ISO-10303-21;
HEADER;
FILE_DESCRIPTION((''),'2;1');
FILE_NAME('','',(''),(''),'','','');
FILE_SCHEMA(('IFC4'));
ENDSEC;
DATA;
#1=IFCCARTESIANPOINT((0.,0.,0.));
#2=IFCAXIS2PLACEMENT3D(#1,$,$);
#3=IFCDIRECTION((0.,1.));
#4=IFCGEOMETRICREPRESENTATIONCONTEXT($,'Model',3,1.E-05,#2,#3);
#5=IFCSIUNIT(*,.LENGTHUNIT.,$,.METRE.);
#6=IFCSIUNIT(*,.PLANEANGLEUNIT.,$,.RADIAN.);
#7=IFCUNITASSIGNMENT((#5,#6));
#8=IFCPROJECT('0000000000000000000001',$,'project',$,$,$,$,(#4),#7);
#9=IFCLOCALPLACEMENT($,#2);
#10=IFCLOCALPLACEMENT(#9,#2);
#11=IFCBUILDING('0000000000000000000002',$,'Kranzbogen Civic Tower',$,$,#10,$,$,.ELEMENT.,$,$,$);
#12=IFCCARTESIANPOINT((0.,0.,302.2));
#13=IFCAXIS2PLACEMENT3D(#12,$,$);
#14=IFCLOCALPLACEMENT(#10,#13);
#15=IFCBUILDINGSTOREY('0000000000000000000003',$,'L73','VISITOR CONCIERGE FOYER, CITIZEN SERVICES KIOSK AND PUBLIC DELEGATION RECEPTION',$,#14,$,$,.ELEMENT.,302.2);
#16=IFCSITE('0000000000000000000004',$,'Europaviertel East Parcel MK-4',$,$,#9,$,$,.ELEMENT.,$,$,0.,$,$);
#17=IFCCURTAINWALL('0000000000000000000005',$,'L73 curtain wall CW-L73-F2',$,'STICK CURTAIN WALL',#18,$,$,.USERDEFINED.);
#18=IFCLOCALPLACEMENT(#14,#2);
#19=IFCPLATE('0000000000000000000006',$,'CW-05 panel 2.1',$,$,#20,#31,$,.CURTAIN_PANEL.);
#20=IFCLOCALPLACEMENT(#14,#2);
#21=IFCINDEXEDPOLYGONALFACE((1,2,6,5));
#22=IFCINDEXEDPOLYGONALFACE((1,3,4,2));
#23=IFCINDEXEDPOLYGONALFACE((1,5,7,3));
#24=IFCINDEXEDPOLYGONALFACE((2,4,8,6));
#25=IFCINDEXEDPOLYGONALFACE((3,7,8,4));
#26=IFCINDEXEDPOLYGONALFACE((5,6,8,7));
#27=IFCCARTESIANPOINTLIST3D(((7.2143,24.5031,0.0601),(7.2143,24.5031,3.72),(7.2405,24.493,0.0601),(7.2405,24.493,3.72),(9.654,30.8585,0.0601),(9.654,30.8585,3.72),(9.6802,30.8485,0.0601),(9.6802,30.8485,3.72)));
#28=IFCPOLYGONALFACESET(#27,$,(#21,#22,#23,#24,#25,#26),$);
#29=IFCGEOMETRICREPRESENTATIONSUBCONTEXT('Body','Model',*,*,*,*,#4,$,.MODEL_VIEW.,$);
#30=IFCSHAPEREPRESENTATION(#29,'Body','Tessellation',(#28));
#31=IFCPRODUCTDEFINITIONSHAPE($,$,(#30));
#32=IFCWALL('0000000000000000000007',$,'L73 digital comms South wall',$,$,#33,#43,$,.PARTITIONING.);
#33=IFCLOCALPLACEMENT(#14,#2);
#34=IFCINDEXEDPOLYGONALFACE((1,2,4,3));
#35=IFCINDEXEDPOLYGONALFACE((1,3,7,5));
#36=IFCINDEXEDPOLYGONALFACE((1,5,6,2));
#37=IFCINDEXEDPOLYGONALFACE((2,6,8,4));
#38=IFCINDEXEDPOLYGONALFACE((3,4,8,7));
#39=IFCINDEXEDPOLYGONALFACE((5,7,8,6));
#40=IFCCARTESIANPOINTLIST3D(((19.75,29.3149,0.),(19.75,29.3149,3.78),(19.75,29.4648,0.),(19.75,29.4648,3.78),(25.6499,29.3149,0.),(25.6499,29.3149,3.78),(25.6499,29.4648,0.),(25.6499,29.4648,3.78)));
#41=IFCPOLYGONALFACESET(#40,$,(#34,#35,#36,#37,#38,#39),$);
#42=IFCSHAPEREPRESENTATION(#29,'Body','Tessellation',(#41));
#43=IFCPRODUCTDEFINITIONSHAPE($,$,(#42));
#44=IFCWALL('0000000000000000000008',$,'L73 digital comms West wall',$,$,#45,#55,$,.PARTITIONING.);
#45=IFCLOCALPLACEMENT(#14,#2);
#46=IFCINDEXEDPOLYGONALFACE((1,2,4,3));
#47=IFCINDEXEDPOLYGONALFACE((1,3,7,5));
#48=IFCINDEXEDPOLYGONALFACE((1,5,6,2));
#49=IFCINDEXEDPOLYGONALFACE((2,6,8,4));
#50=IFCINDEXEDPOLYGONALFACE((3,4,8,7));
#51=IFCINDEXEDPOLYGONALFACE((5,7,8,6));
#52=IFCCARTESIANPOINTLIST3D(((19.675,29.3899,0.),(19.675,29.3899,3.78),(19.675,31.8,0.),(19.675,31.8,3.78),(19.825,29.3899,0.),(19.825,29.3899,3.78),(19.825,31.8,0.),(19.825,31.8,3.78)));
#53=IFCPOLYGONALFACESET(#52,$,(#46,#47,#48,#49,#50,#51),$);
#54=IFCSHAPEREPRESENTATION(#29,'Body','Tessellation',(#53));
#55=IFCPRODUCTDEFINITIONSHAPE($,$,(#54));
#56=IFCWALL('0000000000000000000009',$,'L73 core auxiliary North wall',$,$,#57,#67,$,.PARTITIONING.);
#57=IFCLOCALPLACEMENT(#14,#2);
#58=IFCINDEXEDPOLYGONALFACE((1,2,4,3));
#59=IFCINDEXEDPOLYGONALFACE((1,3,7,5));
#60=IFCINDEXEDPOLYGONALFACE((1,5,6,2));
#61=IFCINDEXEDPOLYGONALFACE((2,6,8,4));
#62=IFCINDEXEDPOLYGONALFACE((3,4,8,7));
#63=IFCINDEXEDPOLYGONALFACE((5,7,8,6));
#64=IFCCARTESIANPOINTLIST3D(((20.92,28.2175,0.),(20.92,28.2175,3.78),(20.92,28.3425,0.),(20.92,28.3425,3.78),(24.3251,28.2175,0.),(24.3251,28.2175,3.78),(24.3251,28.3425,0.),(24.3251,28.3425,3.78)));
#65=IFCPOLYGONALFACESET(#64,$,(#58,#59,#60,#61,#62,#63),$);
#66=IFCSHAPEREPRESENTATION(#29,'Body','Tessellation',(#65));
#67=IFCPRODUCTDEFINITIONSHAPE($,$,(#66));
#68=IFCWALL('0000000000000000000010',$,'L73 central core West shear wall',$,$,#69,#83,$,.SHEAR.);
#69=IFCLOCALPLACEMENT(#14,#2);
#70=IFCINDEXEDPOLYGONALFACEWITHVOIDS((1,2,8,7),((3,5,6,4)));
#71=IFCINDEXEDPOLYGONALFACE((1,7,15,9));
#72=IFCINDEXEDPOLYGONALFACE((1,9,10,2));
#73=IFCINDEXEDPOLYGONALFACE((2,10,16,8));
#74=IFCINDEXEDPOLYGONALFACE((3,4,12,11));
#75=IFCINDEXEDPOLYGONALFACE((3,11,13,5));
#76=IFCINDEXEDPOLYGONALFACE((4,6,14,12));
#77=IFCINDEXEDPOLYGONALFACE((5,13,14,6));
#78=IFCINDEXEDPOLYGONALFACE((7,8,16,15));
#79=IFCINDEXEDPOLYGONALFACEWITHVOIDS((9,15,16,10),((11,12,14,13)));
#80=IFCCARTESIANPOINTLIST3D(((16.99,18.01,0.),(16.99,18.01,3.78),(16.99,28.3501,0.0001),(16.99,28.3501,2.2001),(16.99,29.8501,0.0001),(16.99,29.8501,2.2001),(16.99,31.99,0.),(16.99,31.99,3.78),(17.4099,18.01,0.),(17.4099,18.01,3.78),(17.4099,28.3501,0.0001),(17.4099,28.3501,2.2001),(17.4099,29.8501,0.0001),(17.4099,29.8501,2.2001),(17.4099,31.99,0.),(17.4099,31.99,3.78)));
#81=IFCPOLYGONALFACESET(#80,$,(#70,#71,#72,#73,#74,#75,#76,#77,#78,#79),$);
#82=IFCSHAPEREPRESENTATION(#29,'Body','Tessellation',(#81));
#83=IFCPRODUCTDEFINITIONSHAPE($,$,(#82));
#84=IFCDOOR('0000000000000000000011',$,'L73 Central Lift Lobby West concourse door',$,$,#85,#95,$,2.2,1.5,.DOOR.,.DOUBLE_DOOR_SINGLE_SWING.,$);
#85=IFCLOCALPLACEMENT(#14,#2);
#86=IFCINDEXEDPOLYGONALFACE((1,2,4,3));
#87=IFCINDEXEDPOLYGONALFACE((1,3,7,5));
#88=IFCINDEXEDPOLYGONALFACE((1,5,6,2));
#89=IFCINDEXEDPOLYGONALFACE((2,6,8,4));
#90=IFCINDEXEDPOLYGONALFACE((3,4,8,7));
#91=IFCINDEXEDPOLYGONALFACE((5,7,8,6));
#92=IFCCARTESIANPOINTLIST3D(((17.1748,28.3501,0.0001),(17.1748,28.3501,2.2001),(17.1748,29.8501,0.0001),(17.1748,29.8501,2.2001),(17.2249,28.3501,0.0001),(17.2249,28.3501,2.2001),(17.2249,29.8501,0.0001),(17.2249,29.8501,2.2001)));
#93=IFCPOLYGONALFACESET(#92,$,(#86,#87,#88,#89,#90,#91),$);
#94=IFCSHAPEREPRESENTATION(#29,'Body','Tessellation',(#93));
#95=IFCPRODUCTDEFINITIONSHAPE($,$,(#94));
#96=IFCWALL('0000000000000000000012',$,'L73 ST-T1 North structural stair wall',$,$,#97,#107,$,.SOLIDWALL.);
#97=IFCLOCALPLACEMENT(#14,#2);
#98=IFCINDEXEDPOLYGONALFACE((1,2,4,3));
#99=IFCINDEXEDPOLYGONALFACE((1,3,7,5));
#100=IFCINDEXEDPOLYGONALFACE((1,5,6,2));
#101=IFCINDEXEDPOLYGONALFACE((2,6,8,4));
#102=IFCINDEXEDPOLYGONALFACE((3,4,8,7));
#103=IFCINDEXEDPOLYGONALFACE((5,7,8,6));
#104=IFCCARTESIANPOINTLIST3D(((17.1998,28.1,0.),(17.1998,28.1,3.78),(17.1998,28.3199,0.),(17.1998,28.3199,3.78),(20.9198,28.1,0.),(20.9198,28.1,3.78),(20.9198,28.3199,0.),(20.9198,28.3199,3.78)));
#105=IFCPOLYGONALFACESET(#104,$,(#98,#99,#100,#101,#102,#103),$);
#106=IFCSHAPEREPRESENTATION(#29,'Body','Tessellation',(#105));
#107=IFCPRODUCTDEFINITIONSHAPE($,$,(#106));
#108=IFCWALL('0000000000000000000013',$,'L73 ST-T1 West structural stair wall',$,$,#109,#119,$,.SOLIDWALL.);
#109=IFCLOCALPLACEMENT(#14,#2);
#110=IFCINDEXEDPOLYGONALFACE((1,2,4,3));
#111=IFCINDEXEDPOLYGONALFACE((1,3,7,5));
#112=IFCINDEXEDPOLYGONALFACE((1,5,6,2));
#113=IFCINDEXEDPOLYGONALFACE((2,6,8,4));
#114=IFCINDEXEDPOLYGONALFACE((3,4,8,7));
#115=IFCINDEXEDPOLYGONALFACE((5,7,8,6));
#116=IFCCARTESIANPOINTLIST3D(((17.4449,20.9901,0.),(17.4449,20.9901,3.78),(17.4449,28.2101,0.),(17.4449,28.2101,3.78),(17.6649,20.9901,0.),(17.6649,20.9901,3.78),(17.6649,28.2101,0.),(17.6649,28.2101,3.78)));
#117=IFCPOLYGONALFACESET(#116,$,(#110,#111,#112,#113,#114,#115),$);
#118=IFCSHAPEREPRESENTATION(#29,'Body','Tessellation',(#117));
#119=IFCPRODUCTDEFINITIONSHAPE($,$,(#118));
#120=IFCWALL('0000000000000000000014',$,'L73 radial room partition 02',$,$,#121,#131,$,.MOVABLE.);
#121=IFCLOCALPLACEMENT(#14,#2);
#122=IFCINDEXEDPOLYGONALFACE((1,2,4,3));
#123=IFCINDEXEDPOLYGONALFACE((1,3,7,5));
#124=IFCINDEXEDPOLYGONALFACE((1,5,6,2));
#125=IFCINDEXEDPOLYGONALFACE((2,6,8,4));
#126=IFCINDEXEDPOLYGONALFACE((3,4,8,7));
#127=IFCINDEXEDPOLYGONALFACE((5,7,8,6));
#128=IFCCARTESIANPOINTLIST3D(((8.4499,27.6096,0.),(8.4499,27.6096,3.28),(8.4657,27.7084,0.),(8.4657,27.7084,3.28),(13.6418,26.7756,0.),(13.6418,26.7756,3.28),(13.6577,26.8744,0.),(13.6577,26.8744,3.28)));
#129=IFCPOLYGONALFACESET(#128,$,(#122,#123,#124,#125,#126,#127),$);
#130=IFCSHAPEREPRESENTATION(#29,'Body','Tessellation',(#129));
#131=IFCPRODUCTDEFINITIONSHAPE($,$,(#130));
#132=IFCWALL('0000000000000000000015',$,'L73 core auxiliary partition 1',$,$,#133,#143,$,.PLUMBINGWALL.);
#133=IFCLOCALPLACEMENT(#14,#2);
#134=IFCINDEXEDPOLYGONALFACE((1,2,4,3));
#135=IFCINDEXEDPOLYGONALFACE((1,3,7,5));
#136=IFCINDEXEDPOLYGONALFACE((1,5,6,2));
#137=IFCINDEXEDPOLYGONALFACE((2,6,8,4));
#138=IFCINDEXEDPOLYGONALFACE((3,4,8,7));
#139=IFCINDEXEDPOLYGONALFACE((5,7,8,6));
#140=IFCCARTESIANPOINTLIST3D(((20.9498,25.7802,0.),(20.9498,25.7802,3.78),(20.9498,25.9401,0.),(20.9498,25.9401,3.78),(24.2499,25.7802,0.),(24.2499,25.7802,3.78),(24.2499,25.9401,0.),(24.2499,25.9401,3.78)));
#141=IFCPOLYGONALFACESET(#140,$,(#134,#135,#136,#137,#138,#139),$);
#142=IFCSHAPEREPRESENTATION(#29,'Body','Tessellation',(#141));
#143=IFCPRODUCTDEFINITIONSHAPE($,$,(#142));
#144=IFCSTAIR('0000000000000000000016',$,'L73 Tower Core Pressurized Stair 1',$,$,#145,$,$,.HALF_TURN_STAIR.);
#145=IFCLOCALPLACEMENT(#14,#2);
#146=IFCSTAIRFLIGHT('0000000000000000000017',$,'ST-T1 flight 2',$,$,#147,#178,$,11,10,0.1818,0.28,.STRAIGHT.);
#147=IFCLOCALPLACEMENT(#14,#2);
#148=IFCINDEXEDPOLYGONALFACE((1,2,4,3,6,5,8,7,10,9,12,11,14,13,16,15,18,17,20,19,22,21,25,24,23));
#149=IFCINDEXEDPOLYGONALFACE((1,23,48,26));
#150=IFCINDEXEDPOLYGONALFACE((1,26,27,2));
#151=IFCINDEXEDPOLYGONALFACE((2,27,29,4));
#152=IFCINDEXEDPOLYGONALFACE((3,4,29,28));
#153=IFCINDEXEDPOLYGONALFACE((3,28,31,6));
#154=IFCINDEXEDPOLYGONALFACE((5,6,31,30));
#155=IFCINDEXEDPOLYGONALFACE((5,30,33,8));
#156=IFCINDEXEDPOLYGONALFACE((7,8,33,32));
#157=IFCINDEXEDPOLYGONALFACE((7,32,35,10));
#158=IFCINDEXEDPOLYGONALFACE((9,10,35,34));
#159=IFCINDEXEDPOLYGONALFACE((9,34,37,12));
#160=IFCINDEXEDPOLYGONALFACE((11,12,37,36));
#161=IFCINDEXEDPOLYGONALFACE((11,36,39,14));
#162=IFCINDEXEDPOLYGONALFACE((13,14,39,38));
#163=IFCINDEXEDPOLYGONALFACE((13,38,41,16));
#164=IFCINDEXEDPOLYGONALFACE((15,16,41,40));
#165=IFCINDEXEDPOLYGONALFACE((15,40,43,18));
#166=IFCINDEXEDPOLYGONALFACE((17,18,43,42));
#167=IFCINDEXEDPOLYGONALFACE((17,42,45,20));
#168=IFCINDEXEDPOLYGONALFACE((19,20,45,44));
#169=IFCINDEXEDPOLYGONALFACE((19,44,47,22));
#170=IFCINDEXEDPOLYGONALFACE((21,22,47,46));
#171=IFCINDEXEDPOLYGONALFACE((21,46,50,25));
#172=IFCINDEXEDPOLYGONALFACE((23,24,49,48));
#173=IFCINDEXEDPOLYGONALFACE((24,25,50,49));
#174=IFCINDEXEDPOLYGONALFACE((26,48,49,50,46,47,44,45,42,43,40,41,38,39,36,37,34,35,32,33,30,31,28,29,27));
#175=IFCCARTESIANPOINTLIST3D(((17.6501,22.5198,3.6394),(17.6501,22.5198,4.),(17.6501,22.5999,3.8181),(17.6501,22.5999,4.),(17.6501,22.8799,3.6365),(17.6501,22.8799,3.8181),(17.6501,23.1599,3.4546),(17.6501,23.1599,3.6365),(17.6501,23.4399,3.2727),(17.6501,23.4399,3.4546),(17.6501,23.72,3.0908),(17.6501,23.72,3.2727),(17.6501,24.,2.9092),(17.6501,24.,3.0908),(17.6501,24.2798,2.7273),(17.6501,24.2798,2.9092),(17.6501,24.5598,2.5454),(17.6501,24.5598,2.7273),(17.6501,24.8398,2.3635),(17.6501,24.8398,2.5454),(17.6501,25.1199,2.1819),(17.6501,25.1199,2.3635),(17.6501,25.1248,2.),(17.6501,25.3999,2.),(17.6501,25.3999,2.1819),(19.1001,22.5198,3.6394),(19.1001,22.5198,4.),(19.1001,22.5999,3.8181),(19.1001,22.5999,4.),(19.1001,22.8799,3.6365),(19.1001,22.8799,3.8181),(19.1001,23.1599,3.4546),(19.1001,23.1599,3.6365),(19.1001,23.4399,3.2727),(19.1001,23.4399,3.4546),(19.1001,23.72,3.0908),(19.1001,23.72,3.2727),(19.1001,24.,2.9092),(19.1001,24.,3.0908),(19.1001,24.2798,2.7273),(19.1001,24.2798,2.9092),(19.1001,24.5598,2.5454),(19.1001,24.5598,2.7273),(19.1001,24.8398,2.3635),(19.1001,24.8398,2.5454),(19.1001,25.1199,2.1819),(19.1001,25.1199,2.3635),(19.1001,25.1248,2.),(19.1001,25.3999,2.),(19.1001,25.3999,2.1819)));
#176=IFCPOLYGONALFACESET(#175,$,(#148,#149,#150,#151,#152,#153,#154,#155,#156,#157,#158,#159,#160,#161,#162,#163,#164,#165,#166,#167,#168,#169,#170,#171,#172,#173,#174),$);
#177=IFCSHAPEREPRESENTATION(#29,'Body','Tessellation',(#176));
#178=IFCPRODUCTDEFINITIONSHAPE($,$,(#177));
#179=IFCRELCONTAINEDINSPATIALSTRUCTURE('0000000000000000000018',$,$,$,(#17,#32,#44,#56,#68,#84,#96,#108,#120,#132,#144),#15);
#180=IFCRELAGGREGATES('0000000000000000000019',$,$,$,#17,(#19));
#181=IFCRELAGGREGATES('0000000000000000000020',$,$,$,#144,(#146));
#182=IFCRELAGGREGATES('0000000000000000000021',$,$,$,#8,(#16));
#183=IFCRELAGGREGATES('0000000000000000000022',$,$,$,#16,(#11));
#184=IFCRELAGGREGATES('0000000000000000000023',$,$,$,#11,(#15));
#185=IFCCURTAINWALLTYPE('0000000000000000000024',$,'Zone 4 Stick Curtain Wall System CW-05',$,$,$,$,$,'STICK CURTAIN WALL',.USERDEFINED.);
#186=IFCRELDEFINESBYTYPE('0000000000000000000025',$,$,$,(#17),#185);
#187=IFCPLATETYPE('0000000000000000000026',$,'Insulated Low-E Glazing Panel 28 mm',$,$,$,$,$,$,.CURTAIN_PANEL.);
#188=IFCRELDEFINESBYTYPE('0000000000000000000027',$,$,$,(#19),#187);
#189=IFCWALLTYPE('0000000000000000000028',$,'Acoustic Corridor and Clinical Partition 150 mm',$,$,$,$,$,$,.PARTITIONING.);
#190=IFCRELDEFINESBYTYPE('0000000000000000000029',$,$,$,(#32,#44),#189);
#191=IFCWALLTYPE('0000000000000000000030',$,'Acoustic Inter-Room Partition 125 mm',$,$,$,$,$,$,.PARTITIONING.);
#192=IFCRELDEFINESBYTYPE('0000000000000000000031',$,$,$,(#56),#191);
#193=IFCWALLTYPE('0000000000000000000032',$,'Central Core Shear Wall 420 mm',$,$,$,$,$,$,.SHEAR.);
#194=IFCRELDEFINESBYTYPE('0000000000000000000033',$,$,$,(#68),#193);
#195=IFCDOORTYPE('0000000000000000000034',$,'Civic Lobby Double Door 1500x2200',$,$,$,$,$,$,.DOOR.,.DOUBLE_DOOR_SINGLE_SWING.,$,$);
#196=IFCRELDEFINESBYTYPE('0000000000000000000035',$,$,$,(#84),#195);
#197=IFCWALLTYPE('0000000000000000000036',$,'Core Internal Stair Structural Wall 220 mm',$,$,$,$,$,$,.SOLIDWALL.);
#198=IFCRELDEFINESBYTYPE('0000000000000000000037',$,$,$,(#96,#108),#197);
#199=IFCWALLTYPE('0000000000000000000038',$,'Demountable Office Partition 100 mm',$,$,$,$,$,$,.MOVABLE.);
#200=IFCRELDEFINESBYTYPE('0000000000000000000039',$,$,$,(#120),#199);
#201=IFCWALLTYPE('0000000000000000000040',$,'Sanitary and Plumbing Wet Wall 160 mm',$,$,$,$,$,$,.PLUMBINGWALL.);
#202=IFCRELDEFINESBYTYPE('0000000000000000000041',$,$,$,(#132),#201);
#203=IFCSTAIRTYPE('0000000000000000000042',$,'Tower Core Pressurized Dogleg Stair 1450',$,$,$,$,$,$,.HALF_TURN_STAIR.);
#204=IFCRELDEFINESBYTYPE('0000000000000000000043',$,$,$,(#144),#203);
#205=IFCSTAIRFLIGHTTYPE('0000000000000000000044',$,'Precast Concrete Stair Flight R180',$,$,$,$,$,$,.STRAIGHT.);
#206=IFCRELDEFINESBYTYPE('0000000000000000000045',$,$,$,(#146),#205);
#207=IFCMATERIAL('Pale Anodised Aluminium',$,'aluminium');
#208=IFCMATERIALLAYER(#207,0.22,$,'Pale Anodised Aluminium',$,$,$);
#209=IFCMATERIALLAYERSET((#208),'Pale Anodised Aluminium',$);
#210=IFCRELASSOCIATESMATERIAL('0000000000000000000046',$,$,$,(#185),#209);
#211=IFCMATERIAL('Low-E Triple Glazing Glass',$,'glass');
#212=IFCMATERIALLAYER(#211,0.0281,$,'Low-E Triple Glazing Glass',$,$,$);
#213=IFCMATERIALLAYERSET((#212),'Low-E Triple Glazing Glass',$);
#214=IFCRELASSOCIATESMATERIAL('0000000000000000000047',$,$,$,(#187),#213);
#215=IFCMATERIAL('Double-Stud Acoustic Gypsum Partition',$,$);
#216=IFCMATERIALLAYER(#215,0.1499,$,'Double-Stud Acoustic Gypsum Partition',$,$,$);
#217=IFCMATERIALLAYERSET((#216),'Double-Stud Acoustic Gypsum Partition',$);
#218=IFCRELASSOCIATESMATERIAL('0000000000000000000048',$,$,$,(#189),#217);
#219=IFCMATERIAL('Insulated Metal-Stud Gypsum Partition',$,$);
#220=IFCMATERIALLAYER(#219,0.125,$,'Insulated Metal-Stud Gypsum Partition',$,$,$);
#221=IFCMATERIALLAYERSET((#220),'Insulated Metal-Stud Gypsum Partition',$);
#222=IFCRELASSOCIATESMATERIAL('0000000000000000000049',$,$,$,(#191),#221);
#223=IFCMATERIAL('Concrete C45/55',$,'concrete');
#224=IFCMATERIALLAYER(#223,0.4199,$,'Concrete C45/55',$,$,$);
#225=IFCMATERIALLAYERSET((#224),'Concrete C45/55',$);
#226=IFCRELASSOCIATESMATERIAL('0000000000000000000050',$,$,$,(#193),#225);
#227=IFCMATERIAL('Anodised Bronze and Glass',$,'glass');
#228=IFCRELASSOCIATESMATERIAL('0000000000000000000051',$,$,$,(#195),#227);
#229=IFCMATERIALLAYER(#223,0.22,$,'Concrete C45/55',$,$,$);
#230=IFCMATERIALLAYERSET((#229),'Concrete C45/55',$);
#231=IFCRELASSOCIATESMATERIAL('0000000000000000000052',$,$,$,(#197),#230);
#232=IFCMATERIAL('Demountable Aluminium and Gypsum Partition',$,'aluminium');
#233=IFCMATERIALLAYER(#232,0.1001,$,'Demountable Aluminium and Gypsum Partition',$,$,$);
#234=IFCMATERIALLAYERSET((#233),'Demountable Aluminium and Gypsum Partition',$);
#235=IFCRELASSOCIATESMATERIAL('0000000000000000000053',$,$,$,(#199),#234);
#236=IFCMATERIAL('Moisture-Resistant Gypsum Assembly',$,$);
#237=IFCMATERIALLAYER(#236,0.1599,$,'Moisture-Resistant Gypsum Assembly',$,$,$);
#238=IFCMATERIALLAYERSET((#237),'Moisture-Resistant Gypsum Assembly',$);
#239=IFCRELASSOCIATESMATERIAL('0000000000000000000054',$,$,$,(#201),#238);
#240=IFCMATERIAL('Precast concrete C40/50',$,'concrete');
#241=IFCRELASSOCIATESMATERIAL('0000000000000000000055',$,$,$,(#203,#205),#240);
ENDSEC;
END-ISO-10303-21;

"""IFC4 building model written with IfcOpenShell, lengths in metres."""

from ifc_helpers import new_model, si_unit, direction, frame, frame_2d, origin, origin_2d, place, context, subcontext, project, spatial, polyline, rectangle, outline, extrude, material, layer, layer_set, type_object, element, fill, aggregate, save


model = new_model("IFC4")

# Units and contexts
model_context = context("Model", 3, precision=1e-05, world=origin(), true_north=direction((0.0, 1.0)))
body_context = subcontext(model_context, "Body", "Model", "MODEL_VIEW")
ifc_project = project(units=[si_unit("LENGTHUNIT", "METRE"), si_unit("PLANEANGLEUNIT", "RADIAN")], contexts=[model_context])

# Site, building, storey
site_placement = place(None, origin())
site = spatial("IfcSite", under=ifc_project, at=site_placement, Name="Europaviertel East Parcel MK-4", CompositionType="ELEMENT", RefElevation=0.0)
building_placement = place(site_placement, origin())
building = spatial("IfcBuilding", under=site, at=building_placement, Name="Kranzbogen Civic Tower", CompositionType="ELEMENT")
storey_placement = place(building_placement, frame((0.0, 0.0, 302.2)))
storey = spatial("IfcBuildingStorey", under=building, at=storey_placement, Name="L73", Description="VISITOR CONCIERGE FOYER, CITIZEN SERVICES KIOSK AND PUBLIC DELEGATION RECEPTION", CompositionType="ELEMENT", Elevation=302.2)

# Curtain wall
ifc_material_1 = material(Name="Pale Anodised Aluminium", Category="aluminium")
ifc_layer_1 = layer(ifc_material_1, 0.22, Name="Pale Anodised Aluminium")
ifc_layer_set_1 = layer_set([ifc_layer_1], Name="Pale Anodised Aluminium")
curtain_wall_type = type_object("IfcCurtainWallType", Name="Zone 4 Stick Curtain Wall System CW-05", ElementType="STICK CURTAIN WALL", PredefinedType="USERDEFINED", material=ifc_layer_set_1)
curtain_wall_placement = place(storey_placement, origin())
curtain_wall = element("IfcCurtainWall", 1, at=curtain_wall_placement, inside=storey, type_object=curtain_wall_type, Name="L73 curtain wall CW-L73-F2", ObjectType="STICK CURTAIN WALL", PredefinedType="USERDEFINED")

# Plate
ifc_material_2 = material(Name="Low-E Triple Glazing Glass", Category="glass")
ifc_layer_2 = layer(ifc_material_2, 0.0281, Name="Low-E Triple Glazing Glass")
ifc_layer_set_2 = layer_set([ifc_layer_2], Name="Low-E Triple Glazing Glass")
plate_type = type_object("IfcPlateType", Name="Insulated Low-E Glazing Panel 28 mm", PredefinedType="CURTAIN_PANEL", material=ifc_layer_set_2)
plate_placement = place(storey_placement, frame((8.4473, 27.6758, 0.0601), z_axis=(0.0, 0.0, 1.0), x_axis=(-0.358382, -0.933575, 0.0)))
plate = element("IfcPlate", 2, at=plate_placement, type_object=plate_type, Name="CW-05 panel 2.1", PredefinedType="CURTAIN_PANEL", context=body_context, shape_type="SweptSolid", body=[
    extrude(rectangle(XDim=6.8076, YDim=0.0281, at=origin_2d()), origin(), (0.0, 0.0, 1.0), 3.6599),
])
aggregate(curtain_wall, [plate])

# Walls
ifc_material_3 = material(Name="Double-Stud Acoustic Gypsum Partition")
ifc_layer_3 = layer(ifc_material_3, 0.1499, Name="Double-Stud Acoustic Gypsum Partition")
ifc_layer_set_3 = layer_set([ifc_layer_3], Name="Double-Stud Acoustic Gypsum Partition")
wall_type_1 = type_object("IfcWallType", Name="Acoustic Corridor and Clinical Partition 150 mm", PredefinedType="PARTITIONING", material=ifc_layer_set_3)
wall_1_placement = place(storey_placement, frame((19.75, 29.3899, 0.0), z_axis=(0.0, 0.0, 1.0), x_axis=(1.0, 0.0, 0.0)))
element("IfcWall", 3, at=wall_1_placement, inside=storey, type_object=wall_type_1, Name="L73 digital comms South wall", PredefinedType="PARTITIONING", context=body_context, shape_type="SweptSolid", body=[
    extrude(rectangle(XDim=5.8999, YDim=0.1499, at=frame_2d((2.95, 0.0))), origin(), (0.0, 0.0, 1.0), 3.78),
])
wall_2_placement = place(storey_placement, frame((19.75, 29.3899, 0.0), z_axis=(0.0, 0.0, 1.0), x_axis=(0.0, 1.0, 0.0)))
element("IfcWall", 4, at=wall_2_placement, inside=storey, type_object=wall_type_1, Name="L73 digital comms West wall", PredefinedType="PARTITIONING", context=body_context, shape_type="SweptSolid", body=[
    extrude(rectangle(XDim=2.4102, YDim=0.1499, at=frame_2d((1.2051, 0.0))), origin(), (0.0, 0.0, 1.0), 3.78),
])
ifc_material_4 = material(Name="Insulated Metal-Stud Gypsum Partition")
ifc_layer_4 = layer(ifc_material_4, 0.125, Name="Insulated Metal-Stud Gypsum Partition")
ifc_layer_set_4 = layer_set([ifc_layer_4], Name="Insulated Metal-Stud Gypsum Partition")
wall_type_2 = type_object("IfcWallType", Name="Acoustic Inter-Room Partition 125 mm", PredefinedType="PARTITIONING", material=ifc_layer_set_4)
wall_3_placement = place(storey_placement, frame((20.9199, 28.28, 0.0), z_axis=(0.0, 0.0, 1.0), x_axis=(1.0, 0.0, 0.0)))
element("IfcWall", 5, at=wall_3_placement, inside=storey, type_object=wall_type_2, Name="L73 core auxiliary North wall", PredefinedType="PARTITIONING", context=body_context, shape_type="SweptSolid", body=[
    extrude(rectangle(XDim=3.405, YDim=0.125, at=frame_2d((1.7026, 0.0))), origin(), (0.0, 0.0, 1.0), 3.78),
])

# Wall, opening, door
ifc_material_5 = material(Name="Concrete C45/55", Category="concrete")
ifc_layer_5 = layer(ifc_material_5, 0.4199, Name="Concrete C45/55")
ifc_layer_set_5 = layer_set([ifc_layer_5], Name="Concrete C45/55")
wall_type_3 = type_object("IfcWallType", Name="Central Core Shear Wall 420 mm", PredefinedType="SHEAR", material=ifc_layer_set_5)
wall_4_placement = place(storey_placement, frame((17.2, 31.99, 0.0), z_axis=(0.0, 0.0, 1.0), x_axis=(0.0, -1.0, 0.0)))
wall_4 = element("IfcWall", 6, at=wall_4_placement, inside=storey, type_object=wall_type_3, Name="L73 central core West shear wall", PredefinedType="SHEAR", context=body_context, shape_type="SweptSolid", body=[
    extrude(rectangle(XDim=13.98, YDim=0.4199, at=frame_2d((6.99, 0.0))), origin(), (0.0, 0.0, 1.0), 3.78),
])
opening_placement = place(wall_4_placement, frame((2.1399, 0.0, 0.0)))
opening = element("IfcOpeningElement", 7, at=opening_placement, cuts=wall_4, PredefinedType="OPENING", context=body_context, shape_type="SweptSolid", body=[
    extrude(rectangle(XDim=1.5, YDim=2.2, at=frame_2d((0.75, 1.1001))), frame((0.0, 0.22, 0.0), z_axis=(0.0, -1.0, 0.0), x_axis=(1.0, 0.0, 0.0)), (0.0, 0.0, 1.0), 0.4399),
])
ifc_material_6 = material(Name="Anodised Bronze and Glass", Category="glass")
door_type = type_object("IfcDoorType", Name="Civic Lobby Double Door 1500x2200", OperationType="DOUBLE_DOOR_SINGLE_SWING", PredefinedType="DOOR", material=ifc_material_6)
door_placement = place(opening_placement, origin())
door = element("IfcDoor", 8, at=door_placement, inside=storey, type_object=door_type, Name="L73 Central Lift Lobby West concourse door", OperationType="DOUBLE_DOOR_SINGLE_SWING", OverallHeight=2.2, OverallWidth=1.5, PredefinedType="DOOR", context=body_context, shape_type="SweptSolid", body=[
    extrude(rectangle(XDim=1.5, YDim=2.2, at=frame_2d((0.75, 1.1001))), frame((0.0, 0.0249, 0.0), z_axis=(0.0, -1.0, 0.0), x_axis=(1.0, 0.0, 0.0)), (0.0, 0.0, 1.0), 0.05),
])
fill(opening, door)

# Walls
ifc_layer_6 = layer(ifc_material_5, 0.22, Name="Concrete C45/55")
ifc_layer_set_6 = layer_set([ifc_layer_6], Name="Concrete C45/55")
wall_type_4 = type_object("IfcWallType", Name="Core Internal Stair Structural Wall 220 mm", PredefinedType="SOLIDWALL", material=ifc_layer_set_6)
wall_5_placement = place(storey_placement, frame((17.2, 28.21, 0.0), z_axis=(0.0, 0.0, 1.0), x_axis=(1.0, 0.0, 0.0)))
element("IfcWall", 9, at=wall_5_placement, inside=storey, type_object=wall_type_4, Name="L73 ST-T1 North structural stair wall", PredefinedType="SOLIDWALL", context=body_context, shape_type="SweptSolid", body=[
    extrude(rectangle(XDim=3.72, YDim=0.22, at=frame_2d((1.8599, 0.0))), origin(), (0.0, 0.0, 1.0), 3.78),
])
wall_6_placement = place(storey_placement, frame((17.5549, 28.21, 0.0), z_axis=(0.0, 0.0, 1.0), x_axis=(0.0, -1.0, 0.0)))
element("IfcWall", 10, at=wall_6_placement, inside=storey, type_object=wall_type_4, Name="L73 ST-T1 West structural stair wall", PredefinedType="SOLIDWALL", context=body_context, shape_type="SweptSolid", body=[
    extrude(rectangle(XDim=7.22, YDim=0.22, at=frame_2d((3.6099, 0.0))), origin(), (0.0, 0.0, 1.0), 3.78),
])
ifc_material_7 = material(Name="Demountable Aluminium and Gypsum Partition", Category="aluminium")
ifc_layer_7 = layer(ifc_material_7, 0.1001, Name="Demountable Aluminium and Gypsum Partition")
ifc_layer_set_7 = layer_set([ifc_layer_7], Name="Demountable Aluminium and Gypsum Partition")
wall_type_5 = type_object("IfcWallType", Name="Demountable Office Partition 100 mm", PredefinedType="MOVABLE", material=ifc_layer_set_7)
wall_7_placement = place(storey_placement, frame((13.6499, 26.825, 0.0), z_axis=(0.0, 0.0, 1.0), x_axis=(-0.987343, 0.158599, 0.0)))
element("IfcWall", 11, at=wall_7_placement, inside=storey, type_object=wall_type_5, Name="L73 radial room partition 02", PredefinedType="MOVABLE", context=body_context, shape_type="SweptSolid", body=[
    extrude(rectangle(XDim=5.2585, YDim=0.1001, at=frame_2d((2.6294, 0.0))), origin(), (0.0, 0.0, 1.0), 3.28),
])
ifc_material_8 = material(Name="Moisture-Resistant Gypsum Assembly")
ifc_layer_8 = layer(ifc_material_8, 0.1599, Name="Moisture-Resistant Gypsum Assembly")
ifc_layer_set_8 = layer_set([ifc_layer_8], Name="Moisture-Resistant Gypsum Assembly")
wall_type_6 = type_object("IfcWallType", Name="Sanitary and Plumbing Wet Wall 160 mm", PredefinedType="PLUMBINGWALL", material=ifc_layer_set_8)
wall_8_placement = place(storey_placement, frame((20.95, 25.8601, 0.0), z_axis=(0.0, 0.0, 1.0), x_axis=(1.0, 0.0, 0.0)))
element("IfcWall", 12, at=wall_8_placement, inside=storey, type_object=wall_type_6, Name="L73 core auxiliary partition 1", PredefinedType="PLUMBINGWALL", context=body_context, shape_type="SweptSolid", body=[
    extrude(rectangle(XDim=3.3, YDim=0.1599, at=frame_2d((1.6499, 0.0))), origin(), (0.0, 0.0, 1.0), 3.78),
])

# Stair, stair flight
ifc_material_9 = material(Name="Precast concrete C40/50", Category="concrete")
stair_type = type_object("IfcStairType", Name="Tower Core Pressurized Dogleg Stair 1450", PredefinedType="HALF_TURN_STAIR", material=ifc_material_9)
stair_placement = place(storey_placement, origin())
stair = element("IfcStair", 13, at=stair_placement, inside=storey, type_object=stair_type, Name="L73 Tower Core Pressurized Stair 1", PredefinedType="HALF_TURN_STAIR")
stair_flight_type = type_object("IfcStairFlightType", Name="Precast Concrete Stair Flight R180", PredefinedType="STRAIGHT", material=ifc_material_9)
stair_flight_placement = place(storey_placement, frame((18.375, 25.3999, 2.0), z_axis=(0.0, 0.0, 1.0), x_axis=(0.0, -1.0, 0.0)))
stair_flight = element("IfcStairFlight", 14, at=stair_flight_placement, type_object=stair_flight_type, Name="ST-T1 flight 2", NumberOfRisers=11, NumberOfTreads=10, PredefinedType="STRAIGHT", RiserHeight=0.1818, TreadLength=0.28, context=body_context, shape_type="SweptSolid", body=[
    extrude(outline(polyline([(0.0, 0.0), (0.0, 0.1819), (0.28, 0.1819), (0.28, 0.3635), (0.5601, 0.3635), (0.5601, 0.5454), (0.8401, 0.5454), (0.8401, 0.7273), (1.1201, 0.7273), (1.1201, 0.9092), (1.3999, 0.9092), (1.3999, 1.0908), (1.6799, 1.0908), (1.6799, 1.2727), (1.96, 1.2727), (1.96, 1.4546), (2.24, 1.4546), (2.24, 1.6365), (2.52, 1.6365), (2.52, 1.8181), (2.8, 1.8181), (2.8, 2.0), (2.8801, 2.0), (2.8801, 1.6394), (0.2751, 0.0), (0.0, 0.0)])), frame((0.0, 0.7251, 0.0), z_axis=(0.0, -1.0, 0.0), x_axis=(1.0, 0.0, 0.0)), (0.0, 0.0, 1.0), 1.45),
])
aggregate(stair, [stair_flight])

save(model, "model.ifc")
